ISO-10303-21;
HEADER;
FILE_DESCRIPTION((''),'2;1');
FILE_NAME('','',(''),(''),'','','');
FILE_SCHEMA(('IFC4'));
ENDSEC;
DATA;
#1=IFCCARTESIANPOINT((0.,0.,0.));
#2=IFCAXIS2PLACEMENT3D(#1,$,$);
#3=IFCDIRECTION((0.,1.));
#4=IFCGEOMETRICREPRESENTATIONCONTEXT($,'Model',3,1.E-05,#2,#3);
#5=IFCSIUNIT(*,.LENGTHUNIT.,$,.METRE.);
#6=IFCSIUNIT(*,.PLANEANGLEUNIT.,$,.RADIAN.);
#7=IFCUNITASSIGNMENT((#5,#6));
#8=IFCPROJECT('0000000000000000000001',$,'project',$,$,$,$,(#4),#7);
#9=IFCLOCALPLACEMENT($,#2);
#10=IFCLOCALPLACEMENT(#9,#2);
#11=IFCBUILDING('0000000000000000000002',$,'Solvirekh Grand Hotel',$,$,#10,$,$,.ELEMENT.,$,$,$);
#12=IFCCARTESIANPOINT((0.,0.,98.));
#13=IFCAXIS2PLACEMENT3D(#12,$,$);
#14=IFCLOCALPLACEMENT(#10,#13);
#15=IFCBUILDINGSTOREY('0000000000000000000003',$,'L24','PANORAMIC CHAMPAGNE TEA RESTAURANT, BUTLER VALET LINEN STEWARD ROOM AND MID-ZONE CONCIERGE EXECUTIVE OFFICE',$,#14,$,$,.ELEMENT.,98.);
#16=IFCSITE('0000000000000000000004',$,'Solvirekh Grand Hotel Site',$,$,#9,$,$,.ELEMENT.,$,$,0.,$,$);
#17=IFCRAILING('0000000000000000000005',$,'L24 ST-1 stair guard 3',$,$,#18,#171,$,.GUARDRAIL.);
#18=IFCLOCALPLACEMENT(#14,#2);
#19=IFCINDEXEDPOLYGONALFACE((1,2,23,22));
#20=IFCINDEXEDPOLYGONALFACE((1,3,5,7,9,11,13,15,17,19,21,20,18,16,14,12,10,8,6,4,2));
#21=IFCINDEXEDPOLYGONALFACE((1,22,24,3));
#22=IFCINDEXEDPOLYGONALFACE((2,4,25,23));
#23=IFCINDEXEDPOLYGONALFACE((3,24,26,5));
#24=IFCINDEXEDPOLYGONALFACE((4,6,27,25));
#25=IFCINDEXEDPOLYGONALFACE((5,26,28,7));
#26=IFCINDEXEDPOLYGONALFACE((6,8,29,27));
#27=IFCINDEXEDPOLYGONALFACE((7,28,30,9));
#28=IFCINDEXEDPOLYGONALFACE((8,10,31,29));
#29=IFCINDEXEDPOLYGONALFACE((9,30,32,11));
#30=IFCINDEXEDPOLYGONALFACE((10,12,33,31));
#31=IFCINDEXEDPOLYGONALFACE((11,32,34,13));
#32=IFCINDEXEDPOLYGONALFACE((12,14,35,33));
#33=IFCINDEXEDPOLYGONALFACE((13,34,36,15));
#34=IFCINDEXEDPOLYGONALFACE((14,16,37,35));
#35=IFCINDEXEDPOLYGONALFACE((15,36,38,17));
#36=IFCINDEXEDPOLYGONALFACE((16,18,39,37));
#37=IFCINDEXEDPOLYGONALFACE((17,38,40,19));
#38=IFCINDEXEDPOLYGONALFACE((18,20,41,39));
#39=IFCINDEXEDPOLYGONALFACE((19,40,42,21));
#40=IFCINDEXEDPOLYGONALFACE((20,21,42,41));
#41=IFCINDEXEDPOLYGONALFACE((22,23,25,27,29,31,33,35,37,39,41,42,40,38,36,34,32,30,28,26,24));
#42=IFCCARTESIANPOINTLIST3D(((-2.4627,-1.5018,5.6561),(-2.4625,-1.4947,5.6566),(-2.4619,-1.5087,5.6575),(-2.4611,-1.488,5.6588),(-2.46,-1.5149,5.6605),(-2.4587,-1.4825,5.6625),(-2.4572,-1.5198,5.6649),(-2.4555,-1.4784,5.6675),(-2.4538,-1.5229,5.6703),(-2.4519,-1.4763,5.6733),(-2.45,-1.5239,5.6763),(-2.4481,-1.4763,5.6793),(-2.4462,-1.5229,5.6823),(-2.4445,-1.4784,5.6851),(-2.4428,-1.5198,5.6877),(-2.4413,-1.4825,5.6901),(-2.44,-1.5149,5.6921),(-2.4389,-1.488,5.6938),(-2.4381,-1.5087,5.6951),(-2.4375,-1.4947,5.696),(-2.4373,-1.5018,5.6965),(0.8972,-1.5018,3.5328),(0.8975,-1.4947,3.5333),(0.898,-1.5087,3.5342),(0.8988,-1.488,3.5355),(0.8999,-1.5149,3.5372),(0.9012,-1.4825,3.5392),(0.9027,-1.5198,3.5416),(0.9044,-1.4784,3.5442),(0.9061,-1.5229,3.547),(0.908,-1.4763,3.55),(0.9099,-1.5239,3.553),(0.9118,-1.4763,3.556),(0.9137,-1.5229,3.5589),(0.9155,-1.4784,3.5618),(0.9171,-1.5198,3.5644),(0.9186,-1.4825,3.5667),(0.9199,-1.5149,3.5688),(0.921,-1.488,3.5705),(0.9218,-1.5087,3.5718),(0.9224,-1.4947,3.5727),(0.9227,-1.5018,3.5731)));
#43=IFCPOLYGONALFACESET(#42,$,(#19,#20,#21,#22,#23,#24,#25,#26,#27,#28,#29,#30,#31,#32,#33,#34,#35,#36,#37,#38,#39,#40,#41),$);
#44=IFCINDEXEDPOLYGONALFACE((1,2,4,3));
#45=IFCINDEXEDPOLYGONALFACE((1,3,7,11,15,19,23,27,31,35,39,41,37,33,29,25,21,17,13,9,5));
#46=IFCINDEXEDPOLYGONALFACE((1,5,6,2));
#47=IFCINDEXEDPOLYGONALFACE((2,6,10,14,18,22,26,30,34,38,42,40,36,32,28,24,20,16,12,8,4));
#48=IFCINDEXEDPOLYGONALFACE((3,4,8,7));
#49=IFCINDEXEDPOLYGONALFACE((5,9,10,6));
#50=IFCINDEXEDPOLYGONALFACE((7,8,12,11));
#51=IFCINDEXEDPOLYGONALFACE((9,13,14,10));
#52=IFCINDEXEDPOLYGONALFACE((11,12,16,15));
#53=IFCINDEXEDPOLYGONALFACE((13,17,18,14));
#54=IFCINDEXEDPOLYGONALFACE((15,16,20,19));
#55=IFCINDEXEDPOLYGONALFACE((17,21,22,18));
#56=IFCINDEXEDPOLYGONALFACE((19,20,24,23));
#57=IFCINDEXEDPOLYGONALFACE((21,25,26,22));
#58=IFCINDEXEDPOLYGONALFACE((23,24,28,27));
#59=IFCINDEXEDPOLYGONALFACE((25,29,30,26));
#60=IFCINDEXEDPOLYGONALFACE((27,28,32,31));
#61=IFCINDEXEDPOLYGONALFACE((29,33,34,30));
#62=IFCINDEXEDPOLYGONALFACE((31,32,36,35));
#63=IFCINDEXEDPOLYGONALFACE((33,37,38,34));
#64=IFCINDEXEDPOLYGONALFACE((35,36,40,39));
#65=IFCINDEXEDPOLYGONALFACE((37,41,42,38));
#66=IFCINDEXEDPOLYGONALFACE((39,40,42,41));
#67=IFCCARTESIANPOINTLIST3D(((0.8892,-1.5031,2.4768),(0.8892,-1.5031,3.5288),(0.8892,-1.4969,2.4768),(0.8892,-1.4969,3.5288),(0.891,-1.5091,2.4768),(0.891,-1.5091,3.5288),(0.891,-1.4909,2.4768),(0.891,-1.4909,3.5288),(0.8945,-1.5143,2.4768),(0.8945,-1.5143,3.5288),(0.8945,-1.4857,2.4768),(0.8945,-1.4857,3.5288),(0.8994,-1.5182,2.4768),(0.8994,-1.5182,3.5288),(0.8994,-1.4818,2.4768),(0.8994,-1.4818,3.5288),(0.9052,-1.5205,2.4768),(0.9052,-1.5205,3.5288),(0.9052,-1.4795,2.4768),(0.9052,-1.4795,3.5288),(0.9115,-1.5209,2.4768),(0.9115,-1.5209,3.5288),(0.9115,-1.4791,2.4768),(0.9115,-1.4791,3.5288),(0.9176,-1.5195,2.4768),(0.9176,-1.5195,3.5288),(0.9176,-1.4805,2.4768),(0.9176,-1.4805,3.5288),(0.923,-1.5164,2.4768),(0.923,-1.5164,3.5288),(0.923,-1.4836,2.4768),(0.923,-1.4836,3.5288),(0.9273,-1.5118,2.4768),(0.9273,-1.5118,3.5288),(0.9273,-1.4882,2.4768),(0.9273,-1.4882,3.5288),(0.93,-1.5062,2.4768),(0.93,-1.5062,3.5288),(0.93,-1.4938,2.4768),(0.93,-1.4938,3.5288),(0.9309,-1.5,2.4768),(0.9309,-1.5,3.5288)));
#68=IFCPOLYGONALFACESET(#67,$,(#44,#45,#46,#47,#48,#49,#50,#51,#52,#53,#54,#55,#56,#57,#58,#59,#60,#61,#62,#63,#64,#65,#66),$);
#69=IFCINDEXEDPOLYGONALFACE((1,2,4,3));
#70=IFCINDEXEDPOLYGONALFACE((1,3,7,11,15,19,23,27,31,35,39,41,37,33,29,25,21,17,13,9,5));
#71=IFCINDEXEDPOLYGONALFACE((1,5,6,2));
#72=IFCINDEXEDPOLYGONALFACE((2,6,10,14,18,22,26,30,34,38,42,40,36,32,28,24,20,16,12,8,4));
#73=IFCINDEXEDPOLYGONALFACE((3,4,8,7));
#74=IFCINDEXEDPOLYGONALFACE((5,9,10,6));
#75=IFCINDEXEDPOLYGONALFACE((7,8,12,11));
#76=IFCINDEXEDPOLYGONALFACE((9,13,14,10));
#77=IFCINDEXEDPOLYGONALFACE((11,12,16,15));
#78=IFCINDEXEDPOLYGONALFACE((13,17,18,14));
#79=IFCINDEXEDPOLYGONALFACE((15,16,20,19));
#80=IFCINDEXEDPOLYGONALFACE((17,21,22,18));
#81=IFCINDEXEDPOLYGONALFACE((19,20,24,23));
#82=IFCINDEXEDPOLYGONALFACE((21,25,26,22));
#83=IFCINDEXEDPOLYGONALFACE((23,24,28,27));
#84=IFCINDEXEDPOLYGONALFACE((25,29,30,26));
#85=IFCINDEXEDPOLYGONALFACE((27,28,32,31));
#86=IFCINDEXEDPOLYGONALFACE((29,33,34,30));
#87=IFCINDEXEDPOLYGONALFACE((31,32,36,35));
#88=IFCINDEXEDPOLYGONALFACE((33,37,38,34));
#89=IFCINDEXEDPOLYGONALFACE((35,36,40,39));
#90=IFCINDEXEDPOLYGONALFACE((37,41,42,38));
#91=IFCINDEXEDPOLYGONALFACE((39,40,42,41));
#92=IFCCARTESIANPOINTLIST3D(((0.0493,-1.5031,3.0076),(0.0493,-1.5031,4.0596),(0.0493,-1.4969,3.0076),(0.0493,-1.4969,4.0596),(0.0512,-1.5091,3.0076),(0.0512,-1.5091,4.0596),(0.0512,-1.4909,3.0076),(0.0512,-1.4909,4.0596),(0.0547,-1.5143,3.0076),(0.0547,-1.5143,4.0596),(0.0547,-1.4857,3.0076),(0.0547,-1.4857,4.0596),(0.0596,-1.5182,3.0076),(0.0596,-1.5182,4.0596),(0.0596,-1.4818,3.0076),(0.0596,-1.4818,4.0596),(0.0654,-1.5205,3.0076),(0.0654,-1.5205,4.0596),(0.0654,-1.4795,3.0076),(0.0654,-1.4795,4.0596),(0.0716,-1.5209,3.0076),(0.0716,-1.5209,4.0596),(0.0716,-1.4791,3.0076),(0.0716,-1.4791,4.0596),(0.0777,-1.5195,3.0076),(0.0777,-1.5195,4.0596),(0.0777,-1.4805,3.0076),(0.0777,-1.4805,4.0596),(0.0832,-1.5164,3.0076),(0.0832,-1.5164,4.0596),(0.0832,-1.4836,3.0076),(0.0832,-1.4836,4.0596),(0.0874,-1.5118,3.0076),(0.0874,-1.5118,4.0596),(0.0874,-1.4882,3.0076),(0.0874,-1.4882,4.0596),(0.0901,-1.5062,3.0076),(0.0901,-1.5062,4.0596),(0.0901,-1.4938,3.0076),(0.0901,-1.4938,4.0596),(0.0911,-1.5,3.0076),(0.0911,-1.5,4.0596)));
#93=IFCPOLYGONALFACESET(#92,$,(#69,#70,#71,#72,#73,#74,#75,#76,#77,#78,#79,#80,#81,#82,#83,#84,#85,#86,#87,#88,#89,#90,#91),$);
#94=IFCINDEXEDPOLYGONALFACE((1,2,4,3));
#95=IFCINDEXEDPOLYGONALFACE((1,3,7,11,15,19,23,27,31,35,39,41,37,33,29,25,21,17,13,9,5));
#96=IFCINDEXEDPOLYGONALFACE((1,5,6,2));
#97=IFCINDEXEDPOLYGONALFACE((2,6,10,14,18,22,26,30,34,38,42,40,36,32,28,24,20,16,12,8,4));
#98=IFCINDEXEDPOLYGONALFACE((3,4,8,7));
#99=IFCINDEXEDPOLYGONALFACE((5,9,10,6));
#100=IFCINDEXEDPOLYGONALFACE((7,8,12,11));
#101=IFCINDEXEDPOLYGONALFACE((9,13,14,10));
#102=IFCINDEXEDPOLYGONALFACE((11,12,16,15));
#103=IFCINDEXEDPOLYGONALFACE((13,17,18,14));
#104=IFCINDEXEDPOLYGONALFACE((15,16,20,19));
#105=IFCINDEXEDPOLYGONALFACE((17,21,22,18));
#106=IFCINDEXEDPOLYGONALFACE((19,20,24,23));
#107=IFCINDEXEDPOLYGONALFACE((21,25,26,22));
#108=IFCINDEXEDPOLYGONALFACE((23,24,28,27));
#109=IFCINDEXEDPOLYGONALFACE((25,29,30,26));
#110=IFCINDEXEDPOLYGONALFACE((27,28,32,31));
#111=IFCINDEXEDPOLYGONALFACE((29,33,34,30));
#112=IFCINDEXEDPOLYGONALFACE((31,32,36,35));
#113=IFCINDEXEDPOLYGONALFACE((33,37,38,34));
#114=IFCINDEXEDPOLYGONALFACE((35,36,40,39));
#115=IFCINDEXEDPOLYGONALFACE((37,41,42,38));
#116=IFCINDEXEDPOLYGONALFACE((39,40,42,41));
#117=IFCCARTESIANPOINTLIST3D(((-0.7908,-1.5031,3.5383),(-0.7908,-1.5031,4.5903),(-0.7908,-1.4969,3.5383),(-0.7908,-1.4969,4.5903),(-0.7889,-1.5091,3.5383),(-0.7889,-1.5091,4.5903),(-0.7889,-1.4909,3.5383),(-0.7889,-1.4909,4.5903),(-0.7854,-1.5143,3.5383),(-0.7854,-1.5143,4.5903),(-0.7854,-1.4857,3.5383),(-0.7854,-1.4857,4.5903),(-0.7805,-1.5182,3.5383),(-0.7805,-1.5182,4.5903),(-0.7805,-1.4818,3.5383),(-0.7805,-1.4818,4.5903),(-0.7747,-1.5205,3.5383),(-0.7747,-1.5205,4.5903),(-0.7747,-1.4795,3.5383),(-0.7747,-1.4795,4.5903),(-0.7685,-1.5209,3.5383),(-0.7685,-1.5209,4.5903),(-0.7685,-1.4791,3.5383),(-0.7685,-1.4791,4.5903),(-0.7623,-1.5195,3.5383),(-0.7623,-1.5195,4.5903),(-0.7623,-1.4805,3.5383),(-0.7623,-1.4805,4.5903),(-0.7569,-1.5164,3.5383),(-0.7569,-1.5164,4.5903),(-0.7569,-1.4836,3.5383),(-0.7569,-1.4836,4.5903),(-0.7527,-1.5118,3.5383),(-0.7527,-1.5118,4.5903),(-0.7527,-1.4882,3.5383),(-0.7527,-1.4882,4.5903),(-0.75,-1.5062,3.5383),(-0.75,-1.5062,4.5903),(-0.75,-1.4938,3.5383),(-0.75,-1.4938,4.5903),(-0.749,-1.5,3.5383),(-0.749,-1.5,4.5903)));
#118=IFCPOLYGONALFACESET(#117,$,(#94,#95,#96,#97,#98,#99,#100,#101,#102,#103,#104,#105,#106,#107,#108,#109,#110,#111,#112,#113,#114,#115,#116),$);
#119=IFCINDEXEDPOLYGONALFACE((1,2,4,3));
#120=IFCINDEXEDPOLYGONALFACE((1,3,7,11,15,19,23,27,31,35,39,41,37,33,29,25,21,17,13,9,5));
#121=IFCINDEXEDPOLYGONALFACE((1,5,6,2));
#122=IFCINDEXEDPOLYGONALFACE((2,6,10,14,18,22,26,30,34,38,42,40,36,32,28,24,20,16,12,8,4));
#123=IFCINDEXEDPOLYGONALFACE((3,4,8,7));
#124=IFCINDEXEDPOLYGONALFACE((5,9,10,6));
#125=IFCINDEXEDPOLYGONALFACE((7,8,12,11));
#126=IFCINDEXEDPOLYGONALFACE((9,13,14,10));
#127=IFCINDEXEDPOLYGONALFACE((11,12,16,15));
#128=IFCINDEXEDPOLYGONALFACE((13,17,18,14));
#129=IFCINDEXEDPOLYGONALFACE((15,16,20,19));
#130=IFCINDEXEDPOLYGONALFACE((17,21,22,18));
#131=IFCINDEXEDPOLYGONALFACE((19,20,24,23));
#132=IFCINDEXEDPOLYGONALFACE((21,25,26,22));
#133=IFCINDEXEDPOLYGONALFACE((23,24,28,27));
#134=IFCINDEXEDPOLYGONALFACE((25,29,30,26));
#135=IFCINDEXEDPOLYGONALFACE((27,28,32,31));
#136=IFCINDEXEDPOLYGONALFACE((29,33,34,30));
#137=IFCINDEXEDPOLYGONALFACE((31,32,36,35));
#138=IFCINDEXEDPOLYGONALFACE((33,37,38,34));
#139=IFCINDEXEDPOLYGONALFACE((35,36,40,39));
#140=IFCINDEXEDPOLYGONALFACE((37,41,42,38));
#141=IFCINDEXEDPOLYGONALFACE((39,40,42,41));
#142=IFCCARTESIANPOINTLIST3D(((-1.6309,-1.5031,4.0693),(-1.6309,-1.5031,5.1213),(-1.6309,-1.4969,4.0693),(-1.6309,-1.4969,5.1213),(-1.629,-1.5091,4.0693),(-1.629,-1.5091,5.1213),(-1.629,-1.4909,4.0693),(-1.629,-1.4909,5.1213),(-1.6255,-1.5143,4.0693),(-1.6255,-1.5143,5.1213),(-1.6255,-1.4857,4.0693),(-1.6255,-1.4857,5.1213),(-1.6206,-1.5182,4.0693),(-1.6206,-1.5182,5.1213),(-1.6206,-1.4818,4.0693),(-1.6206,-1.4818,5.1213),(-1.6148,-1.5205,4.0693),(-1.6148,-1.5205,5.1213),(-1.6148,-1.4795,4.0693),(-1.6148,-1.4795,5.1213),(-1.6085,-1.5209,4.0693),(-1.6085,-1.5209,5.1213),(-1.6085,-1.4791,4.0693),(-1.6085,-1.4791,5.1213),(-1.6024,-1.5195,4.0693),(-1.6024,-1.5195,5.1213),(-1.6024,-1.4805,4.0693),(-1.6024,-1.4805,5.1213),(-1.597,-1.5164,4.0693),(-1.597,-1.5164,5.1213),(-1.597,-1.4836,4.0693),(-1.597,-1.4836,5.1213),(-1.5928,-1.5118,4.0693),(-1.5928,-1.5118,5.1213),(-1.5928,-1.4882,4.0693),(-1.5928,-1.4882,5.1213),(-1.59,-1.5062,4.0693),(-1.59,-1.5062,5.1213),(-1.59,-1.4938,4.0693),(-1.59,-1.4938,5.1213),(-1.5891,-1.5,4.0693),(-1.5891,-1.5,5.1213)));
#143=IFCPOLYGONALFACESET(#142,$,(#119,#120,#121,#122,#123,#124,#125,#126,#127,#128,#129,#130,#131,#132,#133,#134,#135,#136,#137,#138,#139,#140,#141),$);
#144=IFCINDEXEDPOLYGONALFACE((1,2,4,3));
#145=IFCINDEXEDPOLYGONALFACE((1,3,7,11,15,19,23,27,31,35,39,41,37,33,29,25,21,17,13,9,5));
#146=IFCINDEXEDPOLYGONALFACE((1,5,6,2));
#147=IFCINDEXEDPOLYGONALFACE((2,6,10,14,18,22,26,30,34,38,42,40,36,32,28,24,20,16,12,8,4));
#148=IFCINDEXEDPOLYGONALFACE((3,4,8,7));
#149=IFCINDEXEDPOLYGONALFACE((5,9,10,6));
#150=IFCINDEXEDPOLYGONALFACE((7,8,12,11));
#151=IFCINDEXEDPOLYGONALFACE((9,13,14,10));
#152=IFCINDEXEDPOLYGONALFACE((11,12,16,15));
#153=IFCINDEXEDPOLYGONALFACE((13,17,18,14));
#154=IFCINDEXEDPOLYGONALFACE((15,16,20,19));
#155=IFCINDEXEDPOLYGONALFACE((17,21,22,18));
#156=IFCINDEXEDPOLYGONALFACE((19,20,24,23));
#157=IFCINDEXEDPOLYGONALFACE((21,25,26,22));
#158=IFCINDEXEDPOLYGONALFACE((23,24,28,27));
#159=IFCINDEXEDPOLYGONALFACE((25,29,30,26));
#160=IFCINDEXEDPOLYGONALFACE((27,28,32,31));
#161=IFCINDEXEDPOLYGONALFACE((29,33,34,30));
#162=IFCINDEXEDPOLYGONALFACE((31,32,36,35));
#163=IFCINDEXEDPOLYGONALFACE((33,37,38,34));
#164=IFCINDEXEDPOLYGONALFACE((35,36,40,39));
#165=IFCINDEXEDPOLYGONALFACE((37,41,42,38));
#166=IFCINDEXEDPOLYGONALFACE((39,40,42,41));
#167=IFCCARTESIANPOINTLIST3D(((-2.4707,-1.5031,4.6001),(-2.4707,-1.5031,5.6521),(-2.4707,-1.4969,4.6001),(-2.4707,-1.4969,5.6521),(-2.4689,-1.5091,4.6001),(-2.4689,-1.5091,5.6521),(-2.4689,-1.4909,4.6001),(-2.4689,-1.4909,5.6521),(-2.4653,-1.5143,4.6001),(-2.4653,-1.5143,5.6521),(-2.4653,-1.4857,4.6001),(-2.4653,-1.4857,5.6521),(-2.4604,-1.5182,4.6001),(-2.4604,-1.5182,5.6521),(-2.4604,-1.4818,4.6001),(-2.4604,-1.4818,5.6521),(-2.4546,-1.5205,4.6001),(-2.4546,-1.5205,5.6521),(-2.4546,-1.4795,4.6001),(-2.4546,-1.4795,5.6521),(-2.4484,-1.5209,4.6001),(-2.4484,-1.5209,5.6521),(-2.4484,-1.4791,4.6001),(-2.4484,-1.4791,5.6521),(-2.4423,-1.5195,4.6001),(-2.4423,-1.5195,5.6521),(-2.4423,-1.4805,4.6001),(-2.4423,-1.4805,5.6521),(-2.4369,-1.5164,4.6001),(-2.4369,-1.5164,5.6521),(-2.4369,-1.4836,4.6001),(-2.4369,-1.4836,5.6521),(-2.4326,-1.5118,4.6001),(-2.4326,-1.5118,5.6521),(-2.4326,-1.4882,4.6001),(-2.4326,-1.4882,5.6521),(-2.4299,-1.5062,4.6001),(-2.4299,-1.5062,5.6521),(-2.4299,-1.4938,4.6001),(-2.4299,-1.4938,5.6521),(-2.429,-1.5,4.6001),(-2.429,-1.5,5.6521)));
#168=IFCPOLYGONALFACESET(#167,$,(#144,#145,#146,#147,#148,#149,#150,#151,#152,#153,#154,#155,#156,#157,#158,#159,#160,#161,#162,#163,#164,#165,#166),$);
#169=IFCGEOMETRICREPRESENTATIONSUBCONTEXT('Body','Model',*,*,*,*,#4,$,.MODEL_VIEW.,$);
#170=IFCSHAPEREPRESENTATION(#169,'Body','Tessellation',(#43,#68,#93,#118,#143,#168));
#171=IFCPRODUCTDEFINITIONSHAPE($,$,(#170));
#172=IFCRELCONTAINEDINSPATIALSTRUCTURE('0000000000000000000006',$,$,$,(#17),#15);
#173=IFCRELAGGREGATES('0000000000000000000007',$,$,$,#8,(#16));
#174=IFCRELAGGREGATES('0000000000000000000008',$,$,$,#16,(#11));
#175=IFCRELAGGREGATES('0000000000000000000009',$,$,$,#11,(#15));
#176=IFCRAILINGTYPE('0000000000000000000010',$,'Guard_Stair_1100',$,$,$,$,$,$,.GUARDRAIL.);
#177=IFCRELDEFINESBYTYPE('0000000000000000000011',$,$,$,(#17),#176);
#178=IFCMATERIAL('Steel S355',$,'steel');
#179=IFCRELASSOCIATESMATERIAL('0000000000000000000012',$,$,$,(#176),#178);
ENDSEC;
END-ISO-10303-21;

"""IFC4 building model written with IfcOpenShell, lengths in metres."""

from ifc_helpers import new_model, si_unit, direction, frame, origin, origin_2d, place, context, subcontext, project, spatial, circle, extrude, material, type_object, element, save


model = new_model("IFC4")

# Units and contexts
model_context = context("Model", 3, precision=1e-05, world=origin(), true_north=direction((0.0, 1.0)))
body_context = subcontext(model_context, "Body", "Model", "MODEL_VIEW")
ifc_project = project(units=[si_unit("LENGTHUNIT", "METRE"), si_unit("PLANEANGLEUNIT", "RADIAN")], contexts=[model_context])

# Site, building, storey
site_placement = place(None, origin())
site = spatial("IfcSite", under=ifc_project, at=site_placement, Name="Solvirekh Grand Hotel Site", CompositionType="ELEMENT", RefElevation=0.0)
building_placement = place(site_placement, origin())
building = spatial("IfcBuilding", under=site, at=building_placement, Name="Solvirekh Grand Hotel", CompositionType="ELEMENT")
storey_placement = place(building_placement, frame((0.0, 0.0, 98.0)))
storey = spatial("IfcBuildingStorey", under=building, at=storey_placement, Name="L24", Description="PANORAMIC CHAMPAGNE TEA RESTAURANT, BUTLER VALET LINEN STEWARD ROOM AND MID-ZONE CONCIERGE EXECUTIVE OFFICE", CompositionType="ELEMENT", Elevation=98.0)

# Shared definitions
ifc_material_1 = material(Name="Steel S355", Category="steel")

# Railing
railing_type = type_object("IfcRailingType", Name="Guard_Stair_1100", PredefinedType="GUARDRAIL", material=ifc_material_1)
railing_1_placement = place(storey_placement, frame((0.9099, -1.5, 2.4768)))
element("IfcRailing", 1, at=railing_1_placement, inside=storey, type_object=railing_type, Name="L24 ST-1 stair guard 3", PredefinedType="GUARDRAIL", context=body_context, shape_type="SweptSolid", body=[
    extrude(circle(Radius=0.0239, at=origin_2d()), frame((0.0, 0.0, 1.0762), z_axis=(-0.845344, 0.0, 0.534222), x_axis=(0.0, -1.0, 0.0)), (0.0, 0.0, 1.0), 3.9746),
    extrude(circle(Radius=0.021, at=origin_2d()), origin(), (0.0, 0.0, 1.0), 1.052),
    extrude(circle(Radius=0.021, at=origin_2d()), frame((-0.8398, 0.0, 0.5308)), (0.0, 0.0, 1.0), 1.052),
    extrude(circle(Radius=0.021, at=origin_2d()), frame((-1.6799, 0.0, 1.0615)), (0.0, 0.0, 1.0), 1.052),
    extrude(circle(Radius=0.021, at=origin_2d()), frame((-2.52, 0.0, 1.5925)), (0.0, 0.0, 1.0), 1.052),
    extrude(circle(Radius=0.021, at=origin_2d()), frame((-3.3599, 0.0, 2.1233)), (0.0, 0.0, 1.0), 1.052),
])

save(model, "model.ifc")
